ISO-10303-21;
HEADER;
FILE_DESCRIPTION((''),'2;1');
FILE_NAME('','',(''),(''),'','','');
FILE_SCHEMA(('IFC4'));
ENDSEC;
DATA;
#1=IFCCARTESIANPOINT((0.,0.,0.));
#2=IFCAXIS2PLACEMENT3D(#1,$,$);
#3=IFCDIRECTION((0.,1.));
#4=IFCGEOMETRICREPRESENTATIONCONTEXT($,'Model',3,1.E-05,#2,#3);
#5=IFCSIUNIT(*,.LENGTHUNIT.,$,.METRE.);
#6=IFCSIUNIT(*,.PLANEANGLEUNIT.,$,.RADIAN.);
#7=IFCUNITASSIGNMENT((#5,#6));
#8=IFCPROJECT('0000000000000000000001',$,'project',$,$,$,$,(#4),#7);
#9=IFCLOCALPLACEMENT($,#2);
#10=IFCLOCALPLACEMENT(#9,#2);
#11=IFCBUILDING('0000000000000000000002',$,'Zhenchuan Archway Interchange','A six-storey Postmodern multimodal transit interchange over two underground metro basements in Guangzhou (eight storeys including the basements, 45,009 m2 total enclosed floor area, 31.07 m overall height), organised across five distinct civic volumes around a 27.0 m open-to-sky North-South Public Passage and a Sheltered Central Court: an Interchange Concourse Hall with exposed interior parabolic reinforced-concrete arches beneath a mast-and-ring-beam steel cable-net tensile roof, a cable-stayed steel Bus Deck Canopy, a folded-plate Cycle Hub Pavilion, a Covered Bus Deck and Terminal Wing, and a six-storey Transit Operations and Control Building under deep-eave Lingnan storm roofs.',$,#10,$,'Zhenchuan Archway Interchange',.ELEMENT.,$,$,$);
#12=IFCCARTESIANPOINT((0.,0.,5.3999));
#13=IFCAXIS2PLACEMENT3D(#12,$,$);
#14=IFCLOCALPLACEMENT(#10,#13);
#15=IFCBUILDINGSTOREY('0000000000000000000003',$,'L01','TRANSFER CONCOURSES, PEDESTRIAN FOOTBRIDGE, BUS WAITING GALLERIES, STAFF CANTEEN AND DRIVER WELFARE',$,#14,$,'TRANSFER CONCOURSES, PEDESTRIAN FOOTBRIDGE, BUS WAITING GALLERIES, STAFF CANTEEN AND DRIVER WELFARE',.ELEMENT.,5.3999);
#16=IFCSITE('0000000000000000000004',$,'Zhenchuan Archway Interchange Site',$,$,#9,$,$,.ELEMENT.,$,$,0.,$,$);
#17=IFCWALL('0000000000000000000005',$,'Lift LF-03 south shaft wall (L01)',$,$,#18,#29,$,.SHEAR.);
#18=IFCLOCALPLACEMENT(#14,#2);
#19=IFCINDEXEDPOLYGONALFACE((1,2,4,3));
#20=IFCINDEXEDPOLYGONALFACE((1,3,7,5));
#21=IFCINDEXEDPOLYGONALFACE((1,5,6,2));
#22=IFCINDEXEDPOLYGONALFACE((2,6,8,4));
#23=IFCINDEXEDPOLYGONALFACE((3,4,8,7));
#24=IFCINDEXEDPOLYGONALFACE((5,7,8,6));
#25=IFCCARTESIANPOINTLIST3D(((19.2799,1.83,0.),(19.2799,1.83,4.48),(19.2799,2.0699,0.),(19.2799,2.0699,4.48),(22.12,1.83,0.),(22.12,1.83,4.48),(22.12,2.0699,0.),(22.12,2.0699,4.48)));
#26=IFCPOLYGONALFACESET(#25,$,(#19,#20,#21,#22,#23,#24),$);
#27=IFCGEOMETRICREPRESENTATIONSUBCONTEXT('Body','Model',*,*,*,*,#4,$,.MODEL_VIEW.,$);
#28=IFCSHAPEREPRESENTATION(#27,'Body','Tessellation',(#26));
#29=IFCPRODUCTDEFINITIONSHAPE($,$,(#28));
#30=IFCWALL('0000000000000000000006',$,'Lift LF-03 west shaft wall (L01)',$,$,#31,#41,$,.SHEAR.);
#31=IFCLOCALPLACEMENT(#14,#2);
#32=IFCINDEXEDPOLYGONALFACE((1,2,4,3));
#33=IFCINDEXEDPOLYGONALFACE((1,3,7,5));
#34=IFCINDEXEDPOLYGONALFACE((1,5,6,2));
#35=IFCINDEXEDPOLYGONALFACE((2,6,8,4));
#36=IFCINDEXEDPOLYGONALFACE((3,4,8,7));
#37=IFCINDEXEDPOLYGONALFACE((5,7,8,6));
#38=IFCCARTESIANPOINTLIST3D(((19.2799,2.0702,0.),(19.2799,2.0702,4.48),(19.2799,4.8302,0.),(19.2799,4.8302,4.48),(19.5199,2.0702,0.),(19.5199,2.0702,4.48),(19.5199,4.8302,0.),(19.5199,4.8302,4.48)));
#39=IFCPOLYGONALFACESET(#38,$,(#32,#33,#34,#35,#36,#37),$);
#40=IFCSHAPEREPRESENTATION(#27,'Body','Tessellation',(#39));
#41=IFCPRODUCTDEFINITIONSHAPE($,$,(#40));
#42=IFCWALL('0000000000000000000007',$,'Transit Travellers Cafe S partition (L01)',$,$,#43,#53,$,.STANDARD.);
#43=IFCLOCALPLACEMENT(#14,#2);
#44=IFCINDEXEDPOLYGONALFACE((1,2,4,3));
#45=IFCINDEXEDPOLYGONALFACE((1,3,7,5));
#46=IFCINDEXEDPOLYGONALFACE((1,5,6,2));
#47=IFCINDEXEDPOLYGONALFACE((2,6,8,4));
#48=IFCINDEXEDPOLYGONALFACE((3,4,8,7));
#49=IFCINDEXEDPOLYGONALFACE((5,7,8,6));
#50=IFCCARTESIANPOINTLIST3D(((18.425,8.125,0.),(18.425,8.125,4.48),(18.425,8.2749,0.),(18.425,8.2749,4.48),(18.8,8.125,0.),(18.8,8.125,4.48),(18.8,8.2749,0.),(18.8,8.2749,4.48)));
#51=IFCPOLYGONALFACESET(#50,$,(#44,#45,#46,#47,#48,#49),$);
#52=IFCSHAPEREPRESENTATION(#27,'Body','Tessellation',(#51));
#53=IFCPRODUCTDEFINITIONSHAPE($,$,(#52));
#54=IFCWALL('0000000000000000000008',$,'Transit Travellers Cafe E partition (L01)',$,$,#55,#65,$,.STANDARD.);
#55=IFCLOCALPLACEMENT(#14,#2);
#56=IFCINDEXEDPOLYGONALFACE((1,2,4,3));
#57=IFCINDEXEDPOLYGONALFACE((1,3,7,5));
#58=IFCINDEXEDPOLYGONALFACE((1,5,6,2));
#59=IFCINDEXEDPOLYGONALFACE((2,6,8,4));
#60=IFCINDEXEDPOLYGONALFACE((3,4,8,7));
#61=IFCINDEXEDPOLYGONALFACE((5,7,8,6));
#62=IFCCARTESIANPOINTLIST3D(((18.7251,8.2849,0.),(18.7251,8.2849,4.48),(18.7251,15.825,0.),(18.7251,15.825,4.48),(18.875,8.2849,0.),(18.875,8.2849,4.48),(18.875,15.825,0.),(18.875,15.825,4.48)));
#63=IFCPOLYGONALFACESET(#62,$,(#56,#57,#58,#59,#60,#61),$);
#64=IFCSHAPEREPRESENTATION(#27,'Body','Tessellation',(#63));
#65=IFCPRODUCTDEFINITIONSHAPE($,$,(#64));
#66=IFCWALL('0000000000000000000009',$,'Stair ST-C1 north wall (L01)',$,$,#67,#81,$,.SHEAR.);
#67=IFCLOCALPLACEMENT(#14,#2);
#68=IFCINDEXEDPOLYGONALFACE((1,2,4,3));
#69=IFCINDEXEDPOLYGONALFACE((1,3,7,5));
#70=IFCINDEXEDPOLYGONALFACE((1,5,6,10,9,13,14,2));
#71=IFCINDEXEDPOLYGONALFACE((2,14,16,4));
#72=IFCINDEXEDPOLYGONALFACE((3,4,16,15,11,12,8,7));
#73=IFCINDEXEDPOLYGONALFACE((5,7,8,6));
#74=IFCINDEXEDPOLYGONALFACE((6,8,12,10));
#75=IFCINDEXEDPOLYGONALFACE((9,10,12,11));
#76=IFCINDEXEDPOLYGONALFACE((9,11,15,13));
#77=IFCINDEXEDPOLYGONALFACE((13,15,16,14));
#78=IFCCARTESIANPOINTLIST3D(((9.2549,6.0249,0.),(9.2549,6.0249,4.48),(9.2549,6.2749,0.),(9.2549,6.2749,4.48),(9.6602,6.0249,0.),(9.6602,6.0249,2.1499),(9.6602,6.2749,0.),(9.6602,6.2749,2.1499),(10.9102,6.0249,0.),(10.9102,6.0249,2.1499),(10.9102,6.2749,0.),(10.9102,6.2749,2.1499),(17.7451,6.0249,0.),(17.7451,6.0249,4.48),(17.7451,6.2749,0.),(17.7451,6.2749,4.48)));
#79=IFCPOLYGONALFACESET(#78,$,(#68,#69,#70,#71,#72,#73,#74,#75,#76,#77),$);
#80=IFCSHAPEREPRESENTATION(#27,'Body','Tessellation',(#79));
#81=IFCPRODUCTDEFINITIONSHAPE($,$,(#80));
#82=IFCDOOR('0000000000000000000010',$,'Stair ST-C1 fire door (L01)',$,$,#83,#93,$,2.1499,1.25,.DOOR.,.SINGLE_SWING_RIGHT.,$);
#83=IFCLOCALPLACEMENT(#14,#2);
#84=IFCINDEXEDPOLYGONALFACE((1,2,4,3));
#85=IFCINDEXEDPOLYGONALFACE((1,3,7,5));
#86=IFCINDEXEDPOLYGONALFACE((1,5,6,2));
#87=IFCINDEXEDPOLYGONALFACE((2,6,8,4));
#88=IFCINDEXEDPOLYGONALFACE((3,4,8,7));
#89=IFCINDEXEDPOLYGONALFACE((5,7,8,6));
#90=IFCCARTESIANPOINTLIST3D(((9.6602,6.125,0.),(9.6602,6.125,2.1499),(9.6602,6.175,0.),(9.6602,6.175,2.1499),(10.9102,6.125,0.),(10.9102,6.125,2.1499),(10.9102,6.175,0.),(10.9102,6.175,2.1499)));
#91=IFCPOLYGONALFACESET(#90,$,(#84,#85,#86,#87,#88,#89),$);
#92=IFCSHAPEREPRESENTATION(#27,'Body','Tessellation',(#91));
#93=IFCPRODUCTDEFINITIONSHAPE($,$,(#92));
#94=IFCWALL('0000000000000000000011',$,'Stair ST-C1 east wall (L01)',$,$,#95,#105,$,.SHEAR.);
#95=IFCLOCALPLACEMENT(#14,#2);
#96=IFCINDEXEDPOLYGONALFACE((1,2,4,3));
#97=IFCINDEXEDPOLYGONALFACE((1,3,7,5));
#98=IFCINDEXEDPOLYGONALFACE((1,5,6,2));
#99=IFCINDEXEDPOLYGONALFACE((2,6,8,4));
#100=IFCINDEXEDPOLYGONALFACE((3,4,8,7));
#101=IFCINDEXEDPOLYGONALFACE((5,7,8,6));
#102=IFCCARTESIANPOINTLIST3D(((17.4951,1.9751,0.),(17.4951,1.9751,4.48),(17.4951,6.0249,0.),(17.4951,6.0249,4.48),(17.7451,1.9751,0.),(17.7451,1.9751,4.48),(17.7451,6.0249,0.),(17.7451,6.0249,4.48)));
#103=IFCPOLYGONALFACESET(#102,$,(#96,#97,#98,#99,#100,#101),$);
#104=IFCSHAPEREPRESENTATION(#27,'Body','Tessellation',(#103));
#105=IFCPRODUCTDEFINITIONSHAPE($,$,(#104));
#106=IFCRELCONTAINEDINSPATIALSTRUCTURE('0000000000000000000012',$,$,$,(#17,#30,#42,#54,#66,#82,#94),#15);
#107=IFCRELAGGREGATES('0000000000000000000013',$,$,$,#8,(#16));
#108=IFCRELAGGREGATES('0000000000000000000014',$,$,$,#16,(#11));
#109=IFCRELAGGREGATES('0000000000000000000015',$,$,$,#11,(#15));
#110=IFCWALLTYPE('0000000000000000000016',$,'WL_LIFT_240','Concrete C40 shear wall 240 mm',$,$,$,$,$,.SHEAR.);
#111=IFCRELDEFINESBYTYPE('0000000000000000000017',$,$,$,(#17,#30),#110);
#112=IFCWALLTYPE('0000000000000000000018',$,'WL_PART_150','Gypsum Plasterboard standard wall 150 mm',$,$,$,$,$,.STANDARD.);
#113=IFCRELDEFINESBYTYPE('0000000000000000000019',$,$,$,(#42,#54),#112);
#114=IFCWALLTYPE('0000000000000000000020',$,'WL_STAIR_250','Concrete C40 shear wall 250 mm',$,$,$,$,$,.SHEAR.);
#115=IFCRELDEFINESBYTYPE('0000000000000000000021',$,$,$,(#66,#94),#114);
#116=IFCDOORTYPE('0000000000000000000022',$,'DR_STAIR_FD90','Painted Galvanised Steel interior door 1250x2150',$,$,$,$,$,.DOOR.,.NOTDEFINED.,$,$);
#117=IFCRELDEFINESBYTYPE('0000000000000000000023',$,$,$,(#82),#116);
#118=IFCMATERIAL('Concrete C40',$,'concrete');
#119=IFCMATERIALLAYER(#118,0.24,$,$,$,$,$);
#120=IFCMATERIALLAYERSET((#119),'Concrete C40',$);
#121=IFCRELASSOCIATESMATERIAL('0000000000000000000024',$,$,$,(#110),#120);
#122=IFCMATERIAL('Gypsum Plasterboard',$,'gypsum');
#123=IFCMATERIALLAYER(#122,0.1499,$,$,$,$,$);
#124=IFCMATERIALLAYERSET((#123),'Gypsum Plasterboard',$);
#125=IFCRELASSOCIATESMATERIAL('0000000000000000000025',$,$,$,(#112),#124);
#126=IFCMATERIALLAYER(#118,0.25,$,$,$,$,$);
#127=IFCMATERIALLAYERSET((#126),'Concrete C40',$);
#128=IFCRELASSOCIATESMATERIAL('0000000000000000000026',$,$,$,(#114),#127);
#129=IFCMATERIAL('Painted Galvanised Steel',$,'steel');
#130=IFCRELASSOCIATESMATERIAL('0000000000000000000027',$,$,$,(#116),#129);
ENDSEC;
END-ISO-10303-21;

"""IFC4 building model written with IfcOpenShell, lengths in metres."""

from ifc_helpers import new_model, si_unit, direction, frame, frame_2d, origin, place, context, subcontext, project, spatial, rectangle, extrude, material, layer, layer_set, type_object, element, fill, save


model = new_model("IFC4")

# Units and contexts
model_context = context("Model", 3, precision=1e-05, world=origin(), true_north=direction((0.0, 1.0)))
body_context = subcontext(model_context, "Body", "Model", "MODEL_VIEW")
ifc_project = project(units=[si_unit("LENGTHUNIT", "METRE"), si_unit("PLANEANGLEUNIT", "RADIAN")], contexts=[model_context])

# Site, building, storey
site_placement = place(None, origin())
site = spatial("IfcSite", under=ifc_project, at=site_placement, Name="Zhenchuan Archway Interchange Site", CompositionType="ELEMENT", RefElevation=0.0)
building_placement = place(site_placement, origin())
building = spatial("IfcBuilding", under=site, at=building_placement, Name="Zhenchuan Archway Interchange", Description="A six-storey Postmodern multimodal transit interchange over two underground metro basements in Guangzhou (eight storeys including the basements, 45,009 m2 total enclosed floor area, 31.07 m overall height), organised across five distinct civic volumes around a 27.0 m open-to-sky North-South Public Passage and a Sheltered Central Court: an Interchange Concourse Hall with exposed interior parabolic reinforced-concrete arches beneath a mast-and-ring-beam steel cable-net tensile roof, a cable-stayed steel Bus Deck Canopy, a folded-plate Cycle Hub Pavilion, a Covered Bus Deck and Terminal Wing, and a six-storey Transit Operations and Control Building under deep-eave Lingnan storm roofs.", LongName="Zhenchuan Archway Interchange", CompositionType="ELEMENT")
storey_placement = place(building_placement, frame((0.0, 0.0, 5.3999)))
storey = spatial("IfcBuildingStorey", under=building, at=storey_placement, Name="L01", Description="TRANSFER CONCOURSES, PEDESTRIAN FOOTBRIDGE, BUS WAITING GALLERIES, STAFF CANTEEN AND DRIVER WELFARE", LongName="TRANSFER CONCOURSES, PEDESTRIAN FOOTBRIDGE, BUS WAITING GALLERIES, STAFF CANTEEN AND DRIVER WELFARE", CompositionType="ELEMENT", Elevation=5.3999)

# Shared definitions
ifc_material_1 = material(Name="Concrete C40", Category="concrete")

# Walls
ifc_layer_1 = layer(ifc_material_1, 0.24)
ifc_layer_set_1 = layer_set([ifc_layer_1], Name="Concrete C40")
wall_type_1 = type_object("IfcWallType", Name="WL_LIFT_240", Description="Concrete C40 shear wall 240 mm", PredefinedType="SHEAR", material=ifc_layer_set_1)
wall_1_placement = place(storey_placement, frame((19.28, 1.95, 0.0), z_axis=(0.0, 0.0, 1.0), x_axis=(1.0, 0.0, 0.0)))
element("IfcWall", 1, at=wall_1_placement, inside=storey, type_object=wall_type_1, Name="Lift LF-03 south shaft wall (L01)", PredefinedType="SHEAR", context=body_context, shape_type="SweptSolid", body=[
    extrude(rectangle(XDim=2.8401, YDim=0.24, at=frame_2d((1.4199, 0.0))), origin(), (0.0, 0.0, 1.0), 4.48),
])
wall_2_placement = place(storey_placement, frame((19.3999, 4.8301, 0.0), z_axis=(0.0, 0.0, 1.0), x_axis=(0.0, -1.0, 0.0)))
element("IfcWall", 2, at=wall_2_placement, inside=storey, type_object=wall_type_1, Name="Lift LF-03 west shaft wall (L01)", PredefinedType="SHEAR", context=body_context, shape_type="SweptSolid", body=[
    extrude(rectangle(XDim=2.76, YDim=0.24, at=frame_2d((1.3799, 0.0))), origin(), (0.0, 0.0, 1.0), 4.48),
])
ifc_material_2 = material(Name="Gypsum Plasterboard", Category="gypsum")
ifc_layer_2 = layer(ifc_material_2, 0.1499)
ifc_layer_set_2 = layer_set([ifc_layer_2], Name="Gypsum Plasterboard")
wall_type_2 = type_object("IfcWallType", Name="WL_PART_150", Description="Gypsum Plasterboard standard wall 150 mm", PredefinedType="STANDARD", material=ifc_layer_set_2)
wall_3_placement = place(storey_placement, frame((18.425, 8.2, 0.0), z_axis=(0.0, 0.0, 1.0), x_axis=(1.0, 0.0, 0.0)))
element("IfcWall", 3, at=wall_3_placement, inside=storey, type_object=wall_type_2, Name="Transit Travellers Cafe S partition (L01)", PredefinedType="STANDARD", context=body_context, shape_type="SweptSolid", body=[
    extrude(rectangle(XDim=0.375, YDim=0.1499, at=frame_2d((0.1875, 0.0))), origin(), (0.0, 0.0, 1.0), 4.48),
])
wall_4_placement = place(storey_placement, frame((18.8, 8.2849, 0.0), z_axis=(0.0, 0.0, 1.0), x_axis=(0.0, 1.0, 0.0)))
element("IfcWall", 4, at=wall_4_placement, inside=storey, type_object=wall_type_2, Name="Transit Travellers Cafe E partition (L01)", PredefinedType="STANDARD", context=body_context, shape_type="SweptSolid", body=[
    extrude(rectangle(XDim=7.54, YDim=0.1499, at=frame_2d((3.77, 0.0))), origin(), (0.0, 0.0, 1.0), 4.48),
])

# Wall, opening, door
ifc_layer_3 = layer(ifc_material_1, 0.25)
ifc_layer_set_3 = layer_set([ifc_layer_3], Name="Concrete C40")
wall_type_3 = type_object("IfcWallType", Name="WL_STAIR_250", Description="Concrete C40 shear wall 250 mm", PredefinedType="SHEAR", material=ifc_layer_set_3)
wall_5_placement = place(storey_placement, frame((17.7451, 6.1499, 0.0), z_axis=(0.0, 0.0, 1.0), x_axis=(-1.0, 0.0, 0.0)))
wall_5 = element("IfcWall", 5, at=wall_5_placement, inside=storey, type_object=wall_type_3, Name="Stair ST-C1 north wall (L01)", PredefinedType="SHEAR", context=body_context, shape_type="SweptSolid", body=[
    extrude(rectangle(XDim=8.4902, YDim=0.25, at=frame_2d((4.2451, 0.0))), origin(), (0.0, 0.0, 1.0), 4.48),
])
opening_placement = place(wall_5_placement, frame((6.835, 0.0, 0.0)))
opening = element("IfcOpeningElement", 6, at=opening_placement, cuts=wall_5, PredefinedType="OPENING", context=body_context, shape_type="SweptSolid", body=[
    extrude(rectangle(XDim=1.25, YDim=2.1499, at=frame_2d((0.625, 1.075))), frame((0.0, 0.137, 0.0), z_axis=(0.0, -1.0, 0.0), x_axis=(1.0, 0.0, 0.0)), (0.0, 0.0, 1.0), 0.2739),
])
ifc_material_3 = material(Name="Painted Galvanised Steel", Category="steel")
door_type = type_object("IfcDoorType", Name="DR_STAIR_FD90", Description="Painted Galvanised Steel interior door 1250x2150", OperationType="NOTDEFINED", PredefinedType="DOOR", material=ifc_material_3)
door_placement = place(opening_placement, origin())
door = element("IfcDoor", 7, at=door_placement, inside=storey, type_object=door_type, Name="Stair ST-C1 fire door (L01)", OperationType="SINGLE_SWING_RIGHT", OverallHeight=2.1499, OverallWidth=1.25, PredefinedType="DOOR", context=body_context, shape_type="SweptSolid", body=[
    extrude(rectangle(XDim=1.25, YDim=2.1499, at=frame_2d((0.625, 1.075))), frame((0.0, 0.0249, 0.0), z_axis=(0.0, -1.0, 0.0), x_axis=(1.0, 0.0, 0.0)), (0.0, 0.0, 1.0), 0.05),
])
fill(opening, door)

# Wall
wall_6_placement = place(storey_placement, frame((17.6201, 1.9751, 0.0), z_axis=(0.0, 0.0, 1.0), x_axis=(0.0, 1.0, 0.0)))
element("IfcWall", 8, at=wall_6_placement, inside=storey, type_object=wall_type_3, Name="Stair ST-C1 east wall (L01)", PredefinedType="SHEAR", context=body_context, shape_type="SweptSolid", body=[
    extrude(rectangle(XDim=4.0498, YDim=0.25, at=frame_2d((2.0249, 0.0))), origin(), (0.0, 0.0, 1.0), 4.48),
])

save(model, "model.ifc")
